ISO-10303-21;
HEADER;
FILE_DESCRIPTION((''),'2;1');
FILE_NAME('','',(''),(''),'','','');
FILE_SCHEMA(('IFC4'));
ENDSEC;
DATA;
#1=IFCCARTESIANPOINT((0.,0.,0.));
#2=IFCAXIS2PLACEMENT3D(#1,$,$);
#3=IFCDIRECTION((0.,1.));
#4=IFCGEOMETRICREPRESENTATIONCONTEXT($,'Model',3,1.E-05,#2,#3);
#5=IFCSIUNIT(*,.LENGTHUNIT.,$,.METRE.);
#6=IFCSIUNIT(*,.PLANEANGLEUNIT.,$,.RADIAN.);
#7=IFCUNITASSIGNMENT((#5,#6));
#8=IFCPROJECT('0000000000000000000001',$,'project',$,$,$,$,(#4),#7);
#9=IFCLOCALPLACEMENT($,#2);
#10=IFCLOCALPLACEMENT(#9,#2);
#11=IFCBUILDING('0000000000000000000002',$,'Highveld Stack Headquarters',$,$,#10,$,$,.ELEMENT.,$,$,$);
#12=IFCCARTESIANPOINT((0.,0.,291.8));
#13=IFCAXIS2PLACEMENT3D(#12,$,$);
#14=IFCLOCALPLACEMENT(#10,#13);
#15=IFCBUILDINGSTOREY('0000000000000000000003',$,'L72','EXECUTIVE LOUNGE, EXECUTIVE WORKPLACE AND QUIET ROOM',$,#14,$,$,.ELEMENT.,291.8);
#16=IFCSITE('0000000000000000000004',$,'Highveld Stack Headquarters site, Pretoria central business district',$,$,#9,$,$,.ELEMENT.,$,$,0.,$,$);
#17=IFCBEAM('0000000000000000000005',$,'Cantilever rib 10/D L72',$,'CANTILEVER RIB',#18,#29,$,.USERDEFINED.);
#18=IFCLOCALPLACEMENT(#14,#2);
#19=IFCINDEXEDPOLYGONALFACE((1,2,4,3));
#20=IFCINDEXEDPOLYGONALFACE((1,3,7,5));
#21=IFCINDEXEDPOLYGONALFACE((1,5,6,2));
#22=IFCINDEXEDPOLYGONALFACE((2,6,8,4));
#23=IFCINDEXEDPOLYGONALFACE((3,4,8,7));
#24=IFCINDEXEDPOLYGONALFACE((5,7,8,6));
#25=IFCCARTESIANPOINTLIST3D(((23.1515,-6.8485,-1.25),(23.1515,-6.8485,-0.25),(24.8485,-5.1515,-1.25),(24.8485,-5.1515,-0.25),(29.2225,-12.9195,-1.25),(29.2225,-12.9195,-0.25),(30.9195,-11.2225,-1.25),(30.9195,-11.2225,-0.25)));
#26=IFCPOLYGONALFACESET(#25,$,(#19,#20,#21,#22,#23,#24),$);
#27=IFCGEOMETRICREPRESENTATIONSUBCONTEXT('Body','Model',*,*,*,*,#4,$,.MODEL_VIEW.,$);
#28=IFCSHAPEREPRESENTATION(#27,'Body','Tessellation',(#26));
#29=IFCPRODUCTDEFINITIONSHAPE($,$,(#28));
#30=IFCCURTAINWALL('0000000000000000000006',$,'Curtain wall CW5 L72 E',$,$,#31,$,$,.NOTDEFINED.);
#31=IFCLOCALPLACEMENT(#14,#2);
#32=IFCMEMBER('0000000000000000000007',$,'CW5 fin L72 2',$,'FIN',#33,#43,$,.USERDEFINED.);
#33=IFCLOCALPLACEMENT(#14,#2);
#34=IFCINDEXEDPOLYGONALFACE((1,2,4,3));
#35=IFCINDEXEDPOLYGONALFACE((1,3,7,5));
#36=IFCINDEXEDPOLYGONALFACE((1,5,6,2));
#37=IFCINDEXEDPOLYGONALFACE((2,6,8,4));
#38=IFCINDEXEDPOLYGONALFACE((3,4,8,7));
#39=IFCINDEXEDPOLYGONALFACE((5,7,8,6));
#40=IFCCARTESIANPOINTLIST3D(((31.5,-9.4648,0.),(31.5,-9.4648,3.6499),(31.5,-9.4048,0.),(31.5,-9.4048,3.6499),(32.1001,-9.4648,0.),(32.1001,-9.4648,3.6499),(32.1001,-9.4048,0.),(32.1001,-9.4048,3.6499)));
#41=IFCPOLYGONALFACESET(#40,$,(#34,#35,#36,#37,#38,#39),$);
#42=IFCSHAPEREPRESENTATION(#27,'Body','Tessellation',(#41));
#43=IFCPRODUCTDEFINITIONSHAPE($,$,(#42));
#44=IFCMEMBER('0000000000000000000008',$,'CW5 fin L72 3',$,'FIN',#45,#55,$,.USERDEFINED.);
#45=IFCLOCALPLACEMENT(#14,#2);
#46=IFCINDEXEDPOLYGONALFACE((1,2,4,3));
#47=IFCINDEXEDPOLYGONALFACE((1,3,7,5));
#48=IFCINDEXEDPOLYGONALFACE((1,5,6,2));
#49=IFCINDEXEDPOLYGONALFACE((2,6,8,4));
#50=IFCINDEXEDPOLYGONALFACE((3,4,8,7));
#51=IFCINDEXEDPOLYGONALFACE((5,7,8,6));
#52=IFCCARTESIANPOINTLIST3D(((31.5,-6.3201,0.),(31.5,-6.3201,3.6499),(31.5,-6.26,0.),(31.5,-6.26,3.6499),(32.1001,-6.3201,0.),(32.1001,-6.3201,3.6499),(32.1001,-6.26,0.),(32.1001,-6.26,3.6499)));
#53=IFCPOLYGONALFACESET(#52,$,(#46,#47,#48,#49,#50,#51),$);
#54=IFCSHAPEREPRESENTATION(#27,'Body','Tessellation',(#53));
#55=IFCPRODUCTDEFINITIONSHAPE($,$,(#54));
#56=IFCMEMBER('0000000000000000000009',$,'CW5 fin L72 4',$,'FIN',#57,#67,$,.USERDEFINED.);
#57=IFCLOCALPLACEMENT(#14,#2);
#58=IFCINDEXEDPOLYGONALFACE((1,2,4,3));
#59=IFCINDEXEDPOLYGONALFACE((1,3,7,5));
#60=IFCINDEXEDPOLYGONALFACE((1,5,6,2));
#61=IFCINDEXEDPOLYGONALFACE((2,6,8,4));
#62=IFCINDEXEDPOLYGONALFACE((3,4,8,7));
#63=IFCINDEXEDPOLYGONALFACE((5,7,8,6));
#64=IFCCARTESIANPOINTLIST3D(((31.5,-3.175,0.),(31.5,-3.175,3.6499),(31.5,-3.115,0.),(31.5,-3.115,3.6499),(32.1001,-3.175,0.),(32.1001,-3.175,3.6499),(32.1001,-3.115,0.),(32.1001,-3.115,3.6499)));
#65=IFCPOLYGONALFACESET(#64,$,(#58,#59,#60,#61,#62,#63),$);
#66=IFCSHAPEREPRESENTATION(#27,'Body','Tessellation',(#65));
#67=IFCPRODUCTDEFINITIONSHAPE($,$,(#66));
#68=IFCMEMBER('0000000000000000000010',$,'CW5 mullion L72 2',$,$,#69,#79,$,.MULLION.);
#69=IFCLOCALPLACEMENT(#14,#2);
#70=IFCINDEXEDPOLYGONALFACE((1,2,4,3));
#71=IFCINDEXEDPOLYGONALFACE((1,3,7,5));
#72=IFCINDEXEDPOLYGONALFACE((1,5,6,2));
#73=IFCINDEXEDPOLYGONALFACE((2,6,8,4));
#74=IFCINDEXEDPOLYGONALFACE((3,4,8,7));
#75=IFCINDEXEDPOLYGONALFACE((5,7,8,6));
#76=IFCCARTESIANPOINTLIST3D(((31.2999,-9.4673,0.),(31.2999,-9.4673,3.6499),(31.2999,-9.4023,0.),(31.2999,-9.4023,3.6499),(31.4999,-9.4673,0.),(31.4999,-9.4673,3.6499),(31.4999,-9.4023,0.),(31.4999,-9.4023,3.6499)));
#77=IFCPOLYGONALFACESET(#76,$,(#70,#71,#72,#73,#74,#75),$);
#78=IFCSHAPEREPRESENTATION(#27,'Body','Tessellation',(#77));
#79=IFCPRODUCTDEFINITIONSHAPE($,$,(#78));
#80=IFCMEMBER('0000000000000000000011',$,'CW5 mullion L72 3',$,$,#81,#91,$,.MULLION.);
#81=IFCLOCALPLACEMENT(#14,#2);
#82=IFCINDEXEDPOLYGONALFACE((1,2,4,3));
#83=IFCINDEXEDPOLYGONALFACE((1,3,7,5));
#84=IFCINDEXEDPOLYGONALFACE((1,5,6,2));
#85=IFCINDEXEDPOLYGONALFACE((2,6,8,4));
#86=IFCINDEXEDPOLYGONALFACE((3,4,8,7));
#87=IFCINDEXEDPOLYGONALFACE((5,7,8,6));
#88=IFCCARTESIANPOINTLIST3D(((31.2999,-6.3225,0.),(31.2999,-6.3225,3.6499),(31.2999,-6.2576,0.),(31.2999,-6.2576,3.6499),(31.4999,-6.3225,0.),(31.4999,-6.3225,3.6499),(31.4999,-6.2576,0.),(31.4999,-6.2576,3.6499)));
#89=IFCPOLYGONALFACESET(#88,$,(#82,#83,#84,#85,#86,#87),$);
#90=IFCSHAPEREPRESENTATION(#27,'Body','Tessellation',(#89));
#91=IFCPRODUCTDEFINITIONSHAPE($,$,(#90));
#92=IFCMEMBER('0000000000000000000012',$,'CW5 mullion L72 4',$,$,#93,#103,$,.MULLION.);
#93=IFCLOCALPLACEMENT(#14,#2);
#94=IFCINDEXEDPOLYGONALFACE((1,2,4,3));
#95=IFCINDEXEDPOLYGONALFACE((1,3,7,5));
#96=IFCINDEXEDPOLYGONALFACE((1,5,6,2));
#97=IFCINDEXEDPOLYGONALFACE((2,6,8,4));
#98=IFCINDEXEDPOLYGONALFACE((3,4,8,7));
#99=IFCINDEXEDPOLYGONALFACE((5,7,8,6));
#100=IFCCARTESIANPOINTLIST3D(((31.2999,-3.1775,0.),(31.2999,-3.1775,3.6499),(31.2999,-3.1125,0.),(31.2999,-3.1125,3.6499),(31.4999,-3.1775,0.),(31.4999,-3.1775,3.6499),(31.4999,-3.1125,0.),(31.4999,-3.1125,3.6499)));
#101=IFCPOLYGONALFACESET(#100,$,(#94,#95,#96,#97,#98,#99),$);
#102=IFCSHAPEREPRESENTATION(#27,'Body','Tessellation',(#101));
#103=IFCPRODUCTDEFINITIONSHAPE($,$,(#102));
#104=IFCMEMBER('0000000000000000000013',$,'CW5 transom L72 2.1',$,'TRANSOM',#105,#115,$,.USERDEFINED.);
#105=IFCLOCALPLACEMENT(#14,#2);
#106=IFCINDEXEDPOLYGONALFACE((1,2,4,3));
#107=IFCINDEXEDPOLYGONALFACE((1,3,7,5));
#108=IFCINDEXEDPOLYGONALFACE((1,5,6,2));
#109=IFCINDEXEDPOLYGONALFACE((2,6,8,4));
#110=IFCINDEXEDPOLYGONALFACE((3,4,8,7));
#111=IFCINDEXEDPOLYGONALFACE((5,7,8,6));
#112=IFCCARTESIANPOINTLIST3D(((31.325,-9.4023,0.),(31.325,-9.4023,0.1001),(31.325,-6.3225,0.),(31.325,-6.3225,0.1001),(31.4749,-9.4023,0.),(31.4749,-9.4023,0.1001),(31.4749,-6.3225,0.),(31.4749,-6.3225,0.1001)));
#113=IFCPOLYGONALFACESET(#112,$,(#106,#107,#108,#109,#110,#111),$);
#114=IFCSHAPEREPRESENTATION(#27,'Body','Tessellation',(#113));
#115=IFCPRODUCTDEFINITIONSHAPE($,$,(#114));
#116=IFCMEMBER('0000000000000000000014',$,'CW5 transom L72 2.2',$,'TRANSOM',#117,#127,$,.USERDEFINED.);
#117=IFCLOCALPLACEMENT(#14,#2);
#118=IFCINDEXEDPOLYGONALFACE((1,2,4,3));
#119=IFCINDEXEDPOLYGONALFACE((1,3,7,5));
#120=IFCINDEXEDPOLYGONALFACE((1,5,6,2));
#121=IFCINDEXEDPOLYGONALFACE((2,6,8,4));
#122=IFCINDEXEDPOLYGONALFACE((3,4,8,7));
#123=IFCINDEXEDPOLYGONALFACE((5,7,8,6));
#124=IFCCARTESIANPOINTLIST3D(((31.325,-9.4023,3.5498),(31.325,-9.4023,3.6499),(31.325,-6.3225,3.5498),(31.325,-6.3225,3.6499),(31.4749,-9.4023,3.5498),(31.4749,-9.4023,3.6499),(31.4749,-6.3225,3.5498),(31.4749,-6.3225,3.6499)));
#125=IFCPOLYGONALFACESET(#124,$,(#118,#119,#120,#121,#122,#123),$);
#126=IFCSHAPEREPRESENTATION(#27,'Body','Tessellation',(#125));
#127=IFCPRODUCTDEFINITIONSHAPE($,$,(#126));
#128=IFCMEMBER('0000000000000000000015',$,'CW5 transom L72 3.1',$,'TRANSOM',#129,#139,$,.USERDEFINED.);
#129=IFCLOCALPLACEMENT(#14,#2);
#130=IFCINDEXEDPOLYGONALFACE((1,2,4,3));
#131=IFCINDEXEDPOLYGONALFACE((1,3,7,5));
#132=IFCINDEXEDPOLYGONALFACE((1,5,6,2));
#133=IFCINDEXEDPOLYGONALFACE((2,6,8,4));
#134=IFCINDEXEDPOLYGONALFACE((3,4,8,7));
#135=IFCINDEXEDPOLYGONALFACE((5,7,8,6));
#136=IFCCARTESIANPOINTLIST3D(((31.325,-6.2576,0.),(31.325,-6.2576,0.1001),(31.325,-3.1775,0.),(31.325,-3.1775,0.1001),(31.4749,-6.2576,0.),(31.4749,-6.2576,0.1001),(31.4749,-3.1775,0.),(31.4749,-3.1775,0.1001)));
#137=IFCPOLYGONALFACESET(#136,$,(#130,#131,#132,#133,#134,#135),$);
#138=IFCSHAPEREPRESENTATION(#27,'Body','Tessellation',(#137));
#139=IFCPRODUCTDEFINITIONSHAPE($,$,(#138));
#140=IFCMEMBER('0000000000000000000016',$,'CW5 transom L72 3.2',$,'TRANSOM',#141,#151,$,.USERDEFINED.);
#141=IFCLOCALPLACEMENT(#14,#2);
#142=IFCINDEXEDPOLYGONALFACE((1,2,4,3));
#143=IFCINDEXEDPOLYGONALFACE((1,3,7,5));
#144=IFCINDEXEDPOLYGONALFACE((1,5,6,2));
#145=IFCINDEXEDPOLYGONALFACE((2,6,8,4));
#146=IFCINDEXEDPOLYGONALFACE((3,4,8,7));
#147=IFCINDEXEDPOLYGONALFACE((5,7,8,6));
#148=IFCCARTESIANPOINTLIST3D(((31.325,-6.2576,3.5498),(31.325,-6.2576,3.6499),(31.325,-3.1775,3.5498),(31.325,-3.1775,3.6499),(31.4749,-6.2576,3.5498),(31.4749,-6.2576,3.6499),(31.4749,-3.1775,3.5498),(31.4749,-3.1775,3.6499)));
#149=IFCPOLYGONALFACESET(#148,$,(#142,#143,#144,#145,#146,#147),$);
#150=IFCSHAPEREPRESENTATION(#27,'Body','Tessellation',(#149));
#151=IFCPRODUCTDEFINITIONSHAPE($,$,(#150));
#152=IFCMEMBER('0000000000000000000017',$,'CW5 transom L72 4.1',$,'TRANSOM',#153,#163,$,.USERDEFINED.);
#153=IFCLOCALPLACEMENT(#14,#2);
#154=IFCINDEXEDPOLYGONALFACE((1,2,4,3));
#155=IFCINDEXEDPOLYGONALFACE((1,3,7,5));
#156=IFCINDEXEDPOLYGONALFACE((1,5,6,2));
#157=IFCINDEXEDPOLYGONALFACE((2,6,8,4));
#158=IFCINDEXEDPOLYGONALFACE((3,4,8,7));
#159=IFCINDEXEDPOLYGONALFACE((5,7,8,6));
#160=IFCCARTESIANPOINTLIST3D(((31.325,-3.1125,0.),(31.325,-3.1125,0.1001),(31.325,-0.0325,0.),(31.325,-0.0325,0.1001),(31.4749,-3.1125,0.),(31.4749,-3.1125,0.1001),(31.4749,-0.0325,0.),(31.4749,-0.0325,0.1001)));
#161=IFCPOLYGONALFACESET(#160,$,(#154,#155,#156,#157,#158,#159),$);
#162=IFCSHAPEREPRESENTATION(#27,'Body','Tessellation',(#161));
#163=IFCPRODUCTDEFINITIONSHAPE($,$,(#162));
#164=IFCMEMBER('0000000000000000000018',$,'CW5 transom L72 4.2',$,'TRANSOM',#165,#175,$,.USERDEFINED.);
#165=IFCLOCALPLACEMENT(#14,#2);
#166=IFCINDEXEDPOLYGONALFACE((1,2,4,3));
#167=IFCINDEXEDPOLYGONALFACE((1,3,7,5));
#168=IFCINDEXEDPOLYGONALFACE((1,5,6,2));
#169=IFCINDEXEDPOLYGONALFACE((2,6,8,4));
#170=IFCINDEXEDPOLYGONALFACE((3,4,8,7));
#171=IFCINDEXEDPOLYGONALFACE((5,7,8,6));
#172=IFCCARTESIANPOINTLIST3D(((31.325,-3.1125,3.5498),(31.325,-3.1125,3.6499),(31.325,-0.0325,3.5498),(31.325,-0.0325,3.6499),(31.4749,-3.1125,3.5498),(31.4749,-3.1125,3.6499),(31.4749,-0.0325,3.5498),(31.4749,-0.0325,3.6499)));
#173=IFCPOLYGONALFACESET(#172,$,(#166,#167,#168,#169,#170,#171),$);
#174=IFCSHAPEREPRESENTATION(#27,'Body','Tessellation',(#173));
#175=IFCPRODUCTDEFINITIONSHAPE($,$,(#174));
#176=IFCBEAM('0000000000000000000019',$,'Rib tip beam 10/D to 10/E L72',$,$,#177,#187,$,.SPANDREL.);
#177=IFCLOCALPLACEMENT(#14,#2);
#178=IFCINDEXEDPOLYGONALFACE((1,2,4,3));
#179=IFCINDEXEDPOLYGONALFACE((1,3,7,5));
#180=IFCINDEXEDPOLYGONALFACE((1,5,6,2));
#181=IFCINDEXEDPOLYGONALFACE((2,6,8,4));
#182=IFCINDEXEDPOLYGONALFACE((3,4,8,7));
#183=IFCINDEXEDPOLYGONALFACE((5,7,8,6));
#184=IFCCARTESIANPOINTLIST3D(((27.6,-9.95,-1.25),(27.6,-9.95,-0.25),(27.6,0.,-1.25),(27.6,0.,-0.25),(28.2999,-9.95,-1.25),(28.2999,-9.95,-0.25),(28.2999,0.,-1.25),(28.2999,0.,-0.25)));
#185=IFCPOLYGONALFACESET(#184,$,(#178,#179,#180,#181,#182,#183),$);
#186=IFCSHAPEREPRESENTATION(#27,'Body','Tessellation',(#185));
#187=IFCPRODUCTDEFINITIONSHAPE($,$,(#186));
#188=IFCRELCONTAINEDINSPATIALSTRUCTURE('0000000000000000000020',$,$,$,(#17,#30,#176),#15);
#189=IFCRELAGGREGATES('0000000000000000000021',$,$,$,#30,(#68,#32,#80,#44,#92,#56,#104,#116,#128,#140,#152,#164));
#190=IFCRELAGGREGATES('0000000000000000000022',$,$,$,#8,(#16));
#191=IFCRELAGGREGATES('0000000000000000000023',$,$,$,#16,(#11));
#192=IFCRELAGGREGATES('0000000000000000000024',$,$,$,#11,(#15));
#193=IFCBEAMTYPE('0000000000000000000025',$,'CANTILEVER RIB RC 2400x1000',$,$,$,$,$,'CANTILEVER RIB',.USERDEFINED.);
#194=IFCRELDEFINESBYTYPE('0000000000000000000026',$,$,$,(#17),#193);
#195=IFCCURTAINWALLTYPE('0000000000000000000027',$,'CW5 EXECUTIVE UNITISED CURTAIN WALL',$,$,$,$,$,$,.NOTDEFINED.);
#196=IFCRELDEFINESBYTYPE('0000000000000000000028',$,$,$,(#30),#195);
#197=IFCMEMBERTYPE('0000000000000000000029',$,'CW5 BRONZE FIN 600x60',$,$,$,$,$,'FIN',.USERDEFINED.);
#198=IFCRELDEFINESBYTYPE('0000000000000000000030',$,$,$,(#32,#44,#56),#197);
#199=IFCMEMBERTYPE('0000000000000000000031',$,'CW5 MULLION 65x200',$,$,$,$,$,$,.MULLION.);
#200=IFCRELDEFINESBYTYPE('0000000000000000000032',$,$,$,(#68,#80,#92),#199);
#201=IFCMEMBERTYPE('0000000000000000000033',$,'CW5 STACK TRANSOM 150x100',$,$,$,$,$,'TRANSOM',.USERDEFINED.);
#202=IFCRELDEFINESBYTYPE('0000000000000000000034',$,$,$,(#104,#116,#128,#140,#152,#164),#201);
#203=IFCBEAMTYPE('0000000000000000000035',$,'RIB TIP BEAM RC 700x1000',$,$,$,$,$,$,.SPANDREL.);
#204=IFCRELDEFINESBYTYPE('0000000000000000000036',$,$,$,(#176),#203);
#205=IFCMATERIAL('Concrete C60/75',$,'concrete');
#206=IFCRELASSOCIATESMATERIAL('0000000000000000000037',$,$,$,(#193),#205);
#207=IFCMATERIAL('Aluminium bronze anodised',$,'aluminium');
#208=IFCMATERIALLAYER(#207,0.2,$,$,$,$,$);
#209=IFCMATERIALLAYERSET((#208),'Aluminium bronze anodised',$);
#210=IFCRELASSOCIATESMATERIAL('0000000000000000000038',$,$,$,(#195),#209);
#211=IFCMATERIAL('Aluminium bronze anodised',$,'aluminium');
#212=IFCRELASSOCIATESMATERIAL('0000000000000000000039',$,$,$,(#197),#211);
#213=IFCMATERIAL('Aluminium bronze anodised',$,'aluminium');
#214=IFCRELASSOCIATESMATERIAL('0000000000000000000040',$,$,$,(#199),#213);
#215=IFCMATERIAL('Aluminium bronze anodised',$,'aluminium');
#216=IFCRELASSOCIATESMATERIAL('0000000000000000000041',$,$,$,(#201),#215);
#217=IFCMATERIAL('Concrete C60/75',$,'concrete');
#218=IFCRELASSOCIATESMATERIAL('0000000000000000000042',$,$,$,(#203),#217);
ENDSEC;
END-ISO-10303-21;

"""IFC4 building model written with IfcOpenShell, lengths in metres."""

from ifc_helpers import new_model, si_unit, direction, frame, origin, origin_2d, place, context, subcontext, project, spatial, rectangle, extrude, material, layer, layer_set, material_profile, profile_set, type_object, element, aggregate, save


model = new_model("IFC4")

# Units and contexts
model_context = context("Model", 3, precision=1e-05, world=origin(), true_north=direction((0.0, 1.0)))
body_context = subcontext(model_context, "Body", "Model", "MODEL_VIEW")
ifc_project = project(units=[si_unit("LENGTHUNIT", "METRE"), si_unit("PLANEANGLEUNIT", "RADIAN")], contexts=[model_context])

# Site, building, storey
site_placement = place(None, origin())
site = spatial("IfcSite", under=ifc_project, at=site_placement, Name="Highveld Stack Headquarters site, Pretoria central business district", CompositionType="ELEMENT", RefElevation=0.0)
building_placement = place(site_placement, origin())
building = spatial("IfcBuilding", under=site, at=building_placement, Name="Highveld Stack Headquarters", CompositionType="ELEMENT")
storey_placement = place(building_placement, frame((0.0, 0.0, 291.8)))
storey = spatial("IfcBuildingStorey", under=building, at=storey_placement, Name="L72", Description="EXECUTIVE LOUNGE, EXECUTIVE WORKPLACE AND QUIET ROOM", CompositionType="ELEMENT", Elevation=291.8)

# Beam
ifc_material_1 = material(Name="Concrete C60/75", Category="concrete")
ifc_material_profile_1 = material_profile(ifc_material_1, rectangle(XDim=2.3999, YDim=1.0, at=origin_2d()), Name="RC 2400x1000")
ifc_profile_set_1 = profile_set([ifc_material_profile_1], Name="Concrete C60/75")
beam_type_1 = type_object("IfcBeamType", Name="CANTILEVER RIB RC 2400x1000", ElementType="CANTILEVER RIB", PredefinedType="USERDEFINED", material=ifc_profile_set_1)
beam_1_placement = place(storey_placement, frame((24.0, -6.0, -0.75), z_axis=(0.707107, -0.707107, 0.0), x_axis=(0.707107, 0.707107, 0.0)))
element("IfcBeam", 1, at=beam_1_placement, inside=storey, type_object=beam_type_1, Name="Cantilever rib 10/D L72", ObjectType="CANTILEVER RIB", PredefinedType="USERDEFINED", context=body_context, shape_type="SweptSolid", body=[
    extrude(rectangle(XDim=2.3999, YDim=1.0, at=origin_2d()), origin(), (0.0, 0.0, 1.0), 8.5857),
])

# Curtain wall, members
ifc_material_2 = material(Name="Aluminium bronze anodised", Category="aluminium")
ifc_layer_1 = layer(ifc_material_2, 0.2)
ifc_layer_set_1 = layer_set([ifc_layer_1], Name="Aluminium bronze anodised")
curtain_wall_type = type_object("IfcCurtainWallType", Name="CW5 EXECUTIVE UNITISED CURTAIN WALL", PredefinedType="NOTDEFINED", material=ifc_layer_set_1)
curtain_wall_placement = place(storey_placement, origin())
curtain_wall = element("IfcCurtainWall", 2, at=curtain_wall_placement, inside=storey, type_object=curtain_wall_type, Name="Curtain wall CW5 L72 E", PredefinedType="NOTDEFINED")
ifc_material_3 = material(Name="Aluminium bronze anodised", Category="aluminium")
ifc_material_profile_2 = material_profile(ifc_material_3, rectangle(XDim=0.6001, YDim=0.0601, at=origin_2d()), Name="FIN 600x60")
ifc_profile_set_2 = profile_set([ifc_material_profile_2], Name="Aluminium bronze anodised")
member_type_1 = type_object("IfcMemberType", Name="CW5 BRONZE FIN 600x60", ElementType="FIN", PredefinedType="USERDEFINED", material=ifc_profile_set_2)
member_1_placement = place(storey_placement, frame((31.8, -9.4348, 0.0), z_axis=(0.0, 0.0, 1.0), x_axis=(-1.0, 0.0, 0.0)))
member_1 = element("IfcMember", 3, at=member_1_placement, type_object=member_type_1, Name="CW5 fin L72 2", ObjectType="FIN", PredefinedType="USERDEFINED", context=body_context, shape_type="SweptSolid", body=[
    extrude(rectangle(XDim=0.6001, YDim=0.0601, at=origin_2d()), origin(), (0.0, 0.0, 1.0), 3.6499),
])
member_2_placement = place(storey_placement, frame((31.8, -6.29, 0.0), z_axis=(0.0, 0.0, 1.0), x_axis=(-1.0, 0.0, 0.0)))
member_2 = element("IfcMember", 4, at=member_2_placement, type_object=member_type_1, Name="CW5 fin L72 3", ObjectType="FIN", PredefinedType="USERDEFINED", context=body_context, shape_type="SweptSolid", body=[
    extrude(rectangle(XDim=0.6001, YDim=0.0601, at=origin_2d()), origin(), (0.0, 0.0, 1.0), 3.6499),
])
member_3_placement = place(storey_placement, frame((31.8, -3.145, 0.0), z_axis=(0.0, 0.0, 1.0), x_axis=(-1.0, 0.0, 0.0)))
member_3 = element("IfcMember", 5, at=member_3_placement, type_object=member_type_1, Name="CW5 fin L72 4", ObjectType="FIN", PredefinedType="USERDEFINED", context=body_context, shape_type="SweptSolid", body=[
    extrude(rectangle(XDim=0.6001, YDim=0.0601, at=origin_2d()), origin(), (0.0, 0.0, 1.0), 3.6499),
])
ifc_material_4 = material(Name="Aluminium bronze anodised", Category="aluminium")
ifc_material_profile_3 = material_profile(ifc_material_4, rectangle(XDim=0.2, YDim=0.0649, at=origin_2d()), Name="CW5 MULLION 65x200")
ifc_profile_set_3 = profile_set([ifc_material_profile_3], Name="Aluminium bronze anodised")
member_type_2 = type_object("IfcMemberType", Name="CW5 MULLION 65x200", PredefinedType="MULLION", material=ifc_profile_set_3)
member_4_placement = place(storey_placement, frame((31.3999, -9.4348, 0.0), z_axis=(0.0, 0.0, 1.0), x_axis=(-1.0, 0.0, 0.0)))
member_4 = element("IfcMember", 6, at=member_4_placement, type_object=member_type_2, Name="CW5 mullion L72 2", PredefinedType="MULLION", context=body_context, shape_type="SweptSolid", body=[
    extrude(rectangle(XDim=0.2, YDim=0.0649, at=origin_2d()), origin(), (0.0, 0.0, 1.0), 3.6499),
])
member_5_placement = place(storey_placement, frame((31.3999, -6.29, 0.0), z_axis=(0.0, 0.0, 1.0), x_axis=(-1.0, 0.0, 0.0)))
member_5 = element("IfcMember", 7, at=member_5_placement, type_object=member_type_2, Name="CW5 mullion L72 3", PredefinedType="MULLION", context=body_context, shape_type="SweptSolid", body=[
    extrude(rectangle(XDim=0.2, YDim=0.0649, at=origin_2d()), origin(), (0.0, 0.0, 1.0), 3.6499),
])
member_6_placement = place(storey_placement, frame((31.3999, -3.145, 0.0), z_axis=(0.0, 0.0, 1.0), x_axis=(-1.0, 0.0, 0.0)))
member_6 = element("IfcMember", 8, at=member_6_placement, type_object=member_type_2, Name="CW5 mullion L72 4", PredefinedType="MULLION", context=body_context, shape_type="SweptSolid", body=[
    extrude(rectangle(XDim=0.2, YDim=0.0649, at=origin_2d()), origin(), (0.0, 0.0, 1.0), 3.6499),
])
ifc_material_5 = material(Name="Aluminium bronze anodised", Category="aluminium")
ifc_material_profile_4 = material_profile(ifc_material_5, rectangle(XDim=0.1499, YDim=0.1001, at=origin_2d()), Name="CW5 TRANSOM 150x100")
ifc_profile_set_4 = profile_set([ifc_material_profile_4], Name="Aluminium bronze anodised")
member_type_3 = type_object("IfcMemberType", Name="CW5 STACK TRANSOM 150x100", ElementType="TRANSOM", PredefinedType="USERDEFINED", material=ifc_profile_set_4)
member_7_placement = place(storey_placement, frame((31.3999, -9.4023, 0.05), z_axis=(0.0, 1.0, 0.0), x_axis=(-1.0, 0.0, 0.0)))
member_7 = element("IfcMember", 9, at=member_7_placement, type_object=member_type_3, Name="CW5 transom L72 2.1", ObjectType="TRANSOM", PredefinedType="USERDEFINED", context=body_context, shape_type="SweptSolid", body=[
    extrude(rectangle(XDim=0.1499, YDim=0.1001, at=origin_2d()), origin(), (0.0, 0.0, 1.0), 3.0798),
])
member_8_placement = place(storey_placement, frame((31.3999, -9.4023, 3.5999), z_axis=(0.0, 1.0, 0.0), x_axis=(-1.0, 0.0, 0.0)))
member_8 = element("IfcMember", 10, at=member_8_placement, type_object=member_type_3, Name="CW5 transom L72 2.2", ObjectType="TRANSOM", PredefinedType="USERDEFINED", context=body_context, shape_type="SweptSolid", body=[
    extrude(rectangle(XDim=0.1499, YDim=0.1001, at=origin_2d()), origin(), (0.0, 0.0, 1.0), 3.0798),
])
member_9_placement = place(storey_placement, frame((31.3999, -6.2576, 0.05), z_axis=(0.0, 1.0, 0.0), x_axis=(-1.0, 0.0, 0.0)))
member_9 = element("IfcMember", 11, at=member_9_placement, type_object=member_type_3, Name="CW5 transom L72 3.1", ObjectType="TRANSOM", PredefinedType="USERDEFINED", context=body_context, shape_type="SweptSolid", body=[
    extrude(rectangle(XDim=0.1499, YDim=0.1001, at=origin_2d()), origin(), (0.0, 0.0, 1.0), 3.0801),
])
member_10_placement = place(storey_placement, frame((31.3999, -6.2576, 3.5999), z_axis=(0.0, 1.0, 0.0), x_axis=(-1.0, 0.0, 0.0)))
member_10 = element("IfcMember", 12, at=member_10_placement, type_object=member_type_3, Name="CW5 transom L72 3.2", ObjectType="TRANSOM", PredefinedType="USERDEFINED", context=body_context, shape_type="SweptSolid", body=[
    extrude(rectangle(XDim=0.1499, YDim=0.1001, at=origin_2d()), origin(), (0.0, 0.0, 1.0), 3.0801),
])
member_11_placement = place(storey_placement, frame((31.3999, -3.1125, 0.05), z_axis=(0.0, 1.0, 0.0), x_axis=(-1.0, 0.0, 0.0)))
member_11 = element("IfcMember", 13, at=member_11_placement, type_object=member_type_3, Name="CW5 transom L72 4.1", ObjectType="TRANSOM", PredefinedType="USERDEFINED", context=body_context, shape_type="SweptSolid", body=[
    extrude(rectangle(XDim=0.1499, YDim=0.1001, at=origin_2d()), origin(), (0.0, 0.0, 1.0), 3.0801),
])
member_12_placement = place(storey_placement, frame((31.3999, -3.1125, 3.5999), z_axis=(0.0, 1.0, 0.0), x_axis=(-1.0, 0.0, 0.0)))
member_12 = element("IfcMember", 14, at=member_12_placement, type_object=member_type_3, Name="CW5 transom L72 4.2", ObjectType="TRANSOM", PredefinedType="USERDEFINED", context=body_context, shape_type="SweptSolid", body=[
    extrude(rectangle(XDim=0.1499, YDim=0.1001, at=origin_2d()), origin(), (0.0, 0.0, 1.0), 3.0801),
])

# Beam
ifc_material_6 = material(Name="Concrete C60/75", Category="concrete")
ifc_material_profile_5 = material_profile(ifc_material_6, rectangle(XDim=0.7, YDim=1.0, at=origin_2d()), Name="RC 700x1000")
ifc_profile_set_5 = profile_set([ifc_material_profile_5], Name="Concrete C60/75")
beam_type_2 = type_object("IfcBeamType", Name="RIB TIP BEAM RC 700x1000", PredefinedType="SPANDREL", material=ifc_profile_set_5)
beam_2_placement = place(storey_placement, frame((27.95, -9.95, -0.75), z_axis=(0.0, 1.0, 0.0), x_axis=(-1.0, 0.0, 0.0)))
element("IfcBeam", 15, at=beam_2_placement, inside=storey, type_object=beam_type_2, Name="Rib tip beam 10/D to 10/E L72", PredefinedType="SPANDREL", context=body_context, shape_type="SweptSolid", body=[
    extrude(rectangle(XDim=0.7, YDim=1.0, at=origin_2d()), origin(), (0.0, 0.0, 1.0), 9.95),
])

aggregate(curtain_wall, [member_4, member_1, member_5, member_2, member_6, member_3, member_7, member_8, member_9, member_10, member_11, member_12])

save(model, "model.ifc")
